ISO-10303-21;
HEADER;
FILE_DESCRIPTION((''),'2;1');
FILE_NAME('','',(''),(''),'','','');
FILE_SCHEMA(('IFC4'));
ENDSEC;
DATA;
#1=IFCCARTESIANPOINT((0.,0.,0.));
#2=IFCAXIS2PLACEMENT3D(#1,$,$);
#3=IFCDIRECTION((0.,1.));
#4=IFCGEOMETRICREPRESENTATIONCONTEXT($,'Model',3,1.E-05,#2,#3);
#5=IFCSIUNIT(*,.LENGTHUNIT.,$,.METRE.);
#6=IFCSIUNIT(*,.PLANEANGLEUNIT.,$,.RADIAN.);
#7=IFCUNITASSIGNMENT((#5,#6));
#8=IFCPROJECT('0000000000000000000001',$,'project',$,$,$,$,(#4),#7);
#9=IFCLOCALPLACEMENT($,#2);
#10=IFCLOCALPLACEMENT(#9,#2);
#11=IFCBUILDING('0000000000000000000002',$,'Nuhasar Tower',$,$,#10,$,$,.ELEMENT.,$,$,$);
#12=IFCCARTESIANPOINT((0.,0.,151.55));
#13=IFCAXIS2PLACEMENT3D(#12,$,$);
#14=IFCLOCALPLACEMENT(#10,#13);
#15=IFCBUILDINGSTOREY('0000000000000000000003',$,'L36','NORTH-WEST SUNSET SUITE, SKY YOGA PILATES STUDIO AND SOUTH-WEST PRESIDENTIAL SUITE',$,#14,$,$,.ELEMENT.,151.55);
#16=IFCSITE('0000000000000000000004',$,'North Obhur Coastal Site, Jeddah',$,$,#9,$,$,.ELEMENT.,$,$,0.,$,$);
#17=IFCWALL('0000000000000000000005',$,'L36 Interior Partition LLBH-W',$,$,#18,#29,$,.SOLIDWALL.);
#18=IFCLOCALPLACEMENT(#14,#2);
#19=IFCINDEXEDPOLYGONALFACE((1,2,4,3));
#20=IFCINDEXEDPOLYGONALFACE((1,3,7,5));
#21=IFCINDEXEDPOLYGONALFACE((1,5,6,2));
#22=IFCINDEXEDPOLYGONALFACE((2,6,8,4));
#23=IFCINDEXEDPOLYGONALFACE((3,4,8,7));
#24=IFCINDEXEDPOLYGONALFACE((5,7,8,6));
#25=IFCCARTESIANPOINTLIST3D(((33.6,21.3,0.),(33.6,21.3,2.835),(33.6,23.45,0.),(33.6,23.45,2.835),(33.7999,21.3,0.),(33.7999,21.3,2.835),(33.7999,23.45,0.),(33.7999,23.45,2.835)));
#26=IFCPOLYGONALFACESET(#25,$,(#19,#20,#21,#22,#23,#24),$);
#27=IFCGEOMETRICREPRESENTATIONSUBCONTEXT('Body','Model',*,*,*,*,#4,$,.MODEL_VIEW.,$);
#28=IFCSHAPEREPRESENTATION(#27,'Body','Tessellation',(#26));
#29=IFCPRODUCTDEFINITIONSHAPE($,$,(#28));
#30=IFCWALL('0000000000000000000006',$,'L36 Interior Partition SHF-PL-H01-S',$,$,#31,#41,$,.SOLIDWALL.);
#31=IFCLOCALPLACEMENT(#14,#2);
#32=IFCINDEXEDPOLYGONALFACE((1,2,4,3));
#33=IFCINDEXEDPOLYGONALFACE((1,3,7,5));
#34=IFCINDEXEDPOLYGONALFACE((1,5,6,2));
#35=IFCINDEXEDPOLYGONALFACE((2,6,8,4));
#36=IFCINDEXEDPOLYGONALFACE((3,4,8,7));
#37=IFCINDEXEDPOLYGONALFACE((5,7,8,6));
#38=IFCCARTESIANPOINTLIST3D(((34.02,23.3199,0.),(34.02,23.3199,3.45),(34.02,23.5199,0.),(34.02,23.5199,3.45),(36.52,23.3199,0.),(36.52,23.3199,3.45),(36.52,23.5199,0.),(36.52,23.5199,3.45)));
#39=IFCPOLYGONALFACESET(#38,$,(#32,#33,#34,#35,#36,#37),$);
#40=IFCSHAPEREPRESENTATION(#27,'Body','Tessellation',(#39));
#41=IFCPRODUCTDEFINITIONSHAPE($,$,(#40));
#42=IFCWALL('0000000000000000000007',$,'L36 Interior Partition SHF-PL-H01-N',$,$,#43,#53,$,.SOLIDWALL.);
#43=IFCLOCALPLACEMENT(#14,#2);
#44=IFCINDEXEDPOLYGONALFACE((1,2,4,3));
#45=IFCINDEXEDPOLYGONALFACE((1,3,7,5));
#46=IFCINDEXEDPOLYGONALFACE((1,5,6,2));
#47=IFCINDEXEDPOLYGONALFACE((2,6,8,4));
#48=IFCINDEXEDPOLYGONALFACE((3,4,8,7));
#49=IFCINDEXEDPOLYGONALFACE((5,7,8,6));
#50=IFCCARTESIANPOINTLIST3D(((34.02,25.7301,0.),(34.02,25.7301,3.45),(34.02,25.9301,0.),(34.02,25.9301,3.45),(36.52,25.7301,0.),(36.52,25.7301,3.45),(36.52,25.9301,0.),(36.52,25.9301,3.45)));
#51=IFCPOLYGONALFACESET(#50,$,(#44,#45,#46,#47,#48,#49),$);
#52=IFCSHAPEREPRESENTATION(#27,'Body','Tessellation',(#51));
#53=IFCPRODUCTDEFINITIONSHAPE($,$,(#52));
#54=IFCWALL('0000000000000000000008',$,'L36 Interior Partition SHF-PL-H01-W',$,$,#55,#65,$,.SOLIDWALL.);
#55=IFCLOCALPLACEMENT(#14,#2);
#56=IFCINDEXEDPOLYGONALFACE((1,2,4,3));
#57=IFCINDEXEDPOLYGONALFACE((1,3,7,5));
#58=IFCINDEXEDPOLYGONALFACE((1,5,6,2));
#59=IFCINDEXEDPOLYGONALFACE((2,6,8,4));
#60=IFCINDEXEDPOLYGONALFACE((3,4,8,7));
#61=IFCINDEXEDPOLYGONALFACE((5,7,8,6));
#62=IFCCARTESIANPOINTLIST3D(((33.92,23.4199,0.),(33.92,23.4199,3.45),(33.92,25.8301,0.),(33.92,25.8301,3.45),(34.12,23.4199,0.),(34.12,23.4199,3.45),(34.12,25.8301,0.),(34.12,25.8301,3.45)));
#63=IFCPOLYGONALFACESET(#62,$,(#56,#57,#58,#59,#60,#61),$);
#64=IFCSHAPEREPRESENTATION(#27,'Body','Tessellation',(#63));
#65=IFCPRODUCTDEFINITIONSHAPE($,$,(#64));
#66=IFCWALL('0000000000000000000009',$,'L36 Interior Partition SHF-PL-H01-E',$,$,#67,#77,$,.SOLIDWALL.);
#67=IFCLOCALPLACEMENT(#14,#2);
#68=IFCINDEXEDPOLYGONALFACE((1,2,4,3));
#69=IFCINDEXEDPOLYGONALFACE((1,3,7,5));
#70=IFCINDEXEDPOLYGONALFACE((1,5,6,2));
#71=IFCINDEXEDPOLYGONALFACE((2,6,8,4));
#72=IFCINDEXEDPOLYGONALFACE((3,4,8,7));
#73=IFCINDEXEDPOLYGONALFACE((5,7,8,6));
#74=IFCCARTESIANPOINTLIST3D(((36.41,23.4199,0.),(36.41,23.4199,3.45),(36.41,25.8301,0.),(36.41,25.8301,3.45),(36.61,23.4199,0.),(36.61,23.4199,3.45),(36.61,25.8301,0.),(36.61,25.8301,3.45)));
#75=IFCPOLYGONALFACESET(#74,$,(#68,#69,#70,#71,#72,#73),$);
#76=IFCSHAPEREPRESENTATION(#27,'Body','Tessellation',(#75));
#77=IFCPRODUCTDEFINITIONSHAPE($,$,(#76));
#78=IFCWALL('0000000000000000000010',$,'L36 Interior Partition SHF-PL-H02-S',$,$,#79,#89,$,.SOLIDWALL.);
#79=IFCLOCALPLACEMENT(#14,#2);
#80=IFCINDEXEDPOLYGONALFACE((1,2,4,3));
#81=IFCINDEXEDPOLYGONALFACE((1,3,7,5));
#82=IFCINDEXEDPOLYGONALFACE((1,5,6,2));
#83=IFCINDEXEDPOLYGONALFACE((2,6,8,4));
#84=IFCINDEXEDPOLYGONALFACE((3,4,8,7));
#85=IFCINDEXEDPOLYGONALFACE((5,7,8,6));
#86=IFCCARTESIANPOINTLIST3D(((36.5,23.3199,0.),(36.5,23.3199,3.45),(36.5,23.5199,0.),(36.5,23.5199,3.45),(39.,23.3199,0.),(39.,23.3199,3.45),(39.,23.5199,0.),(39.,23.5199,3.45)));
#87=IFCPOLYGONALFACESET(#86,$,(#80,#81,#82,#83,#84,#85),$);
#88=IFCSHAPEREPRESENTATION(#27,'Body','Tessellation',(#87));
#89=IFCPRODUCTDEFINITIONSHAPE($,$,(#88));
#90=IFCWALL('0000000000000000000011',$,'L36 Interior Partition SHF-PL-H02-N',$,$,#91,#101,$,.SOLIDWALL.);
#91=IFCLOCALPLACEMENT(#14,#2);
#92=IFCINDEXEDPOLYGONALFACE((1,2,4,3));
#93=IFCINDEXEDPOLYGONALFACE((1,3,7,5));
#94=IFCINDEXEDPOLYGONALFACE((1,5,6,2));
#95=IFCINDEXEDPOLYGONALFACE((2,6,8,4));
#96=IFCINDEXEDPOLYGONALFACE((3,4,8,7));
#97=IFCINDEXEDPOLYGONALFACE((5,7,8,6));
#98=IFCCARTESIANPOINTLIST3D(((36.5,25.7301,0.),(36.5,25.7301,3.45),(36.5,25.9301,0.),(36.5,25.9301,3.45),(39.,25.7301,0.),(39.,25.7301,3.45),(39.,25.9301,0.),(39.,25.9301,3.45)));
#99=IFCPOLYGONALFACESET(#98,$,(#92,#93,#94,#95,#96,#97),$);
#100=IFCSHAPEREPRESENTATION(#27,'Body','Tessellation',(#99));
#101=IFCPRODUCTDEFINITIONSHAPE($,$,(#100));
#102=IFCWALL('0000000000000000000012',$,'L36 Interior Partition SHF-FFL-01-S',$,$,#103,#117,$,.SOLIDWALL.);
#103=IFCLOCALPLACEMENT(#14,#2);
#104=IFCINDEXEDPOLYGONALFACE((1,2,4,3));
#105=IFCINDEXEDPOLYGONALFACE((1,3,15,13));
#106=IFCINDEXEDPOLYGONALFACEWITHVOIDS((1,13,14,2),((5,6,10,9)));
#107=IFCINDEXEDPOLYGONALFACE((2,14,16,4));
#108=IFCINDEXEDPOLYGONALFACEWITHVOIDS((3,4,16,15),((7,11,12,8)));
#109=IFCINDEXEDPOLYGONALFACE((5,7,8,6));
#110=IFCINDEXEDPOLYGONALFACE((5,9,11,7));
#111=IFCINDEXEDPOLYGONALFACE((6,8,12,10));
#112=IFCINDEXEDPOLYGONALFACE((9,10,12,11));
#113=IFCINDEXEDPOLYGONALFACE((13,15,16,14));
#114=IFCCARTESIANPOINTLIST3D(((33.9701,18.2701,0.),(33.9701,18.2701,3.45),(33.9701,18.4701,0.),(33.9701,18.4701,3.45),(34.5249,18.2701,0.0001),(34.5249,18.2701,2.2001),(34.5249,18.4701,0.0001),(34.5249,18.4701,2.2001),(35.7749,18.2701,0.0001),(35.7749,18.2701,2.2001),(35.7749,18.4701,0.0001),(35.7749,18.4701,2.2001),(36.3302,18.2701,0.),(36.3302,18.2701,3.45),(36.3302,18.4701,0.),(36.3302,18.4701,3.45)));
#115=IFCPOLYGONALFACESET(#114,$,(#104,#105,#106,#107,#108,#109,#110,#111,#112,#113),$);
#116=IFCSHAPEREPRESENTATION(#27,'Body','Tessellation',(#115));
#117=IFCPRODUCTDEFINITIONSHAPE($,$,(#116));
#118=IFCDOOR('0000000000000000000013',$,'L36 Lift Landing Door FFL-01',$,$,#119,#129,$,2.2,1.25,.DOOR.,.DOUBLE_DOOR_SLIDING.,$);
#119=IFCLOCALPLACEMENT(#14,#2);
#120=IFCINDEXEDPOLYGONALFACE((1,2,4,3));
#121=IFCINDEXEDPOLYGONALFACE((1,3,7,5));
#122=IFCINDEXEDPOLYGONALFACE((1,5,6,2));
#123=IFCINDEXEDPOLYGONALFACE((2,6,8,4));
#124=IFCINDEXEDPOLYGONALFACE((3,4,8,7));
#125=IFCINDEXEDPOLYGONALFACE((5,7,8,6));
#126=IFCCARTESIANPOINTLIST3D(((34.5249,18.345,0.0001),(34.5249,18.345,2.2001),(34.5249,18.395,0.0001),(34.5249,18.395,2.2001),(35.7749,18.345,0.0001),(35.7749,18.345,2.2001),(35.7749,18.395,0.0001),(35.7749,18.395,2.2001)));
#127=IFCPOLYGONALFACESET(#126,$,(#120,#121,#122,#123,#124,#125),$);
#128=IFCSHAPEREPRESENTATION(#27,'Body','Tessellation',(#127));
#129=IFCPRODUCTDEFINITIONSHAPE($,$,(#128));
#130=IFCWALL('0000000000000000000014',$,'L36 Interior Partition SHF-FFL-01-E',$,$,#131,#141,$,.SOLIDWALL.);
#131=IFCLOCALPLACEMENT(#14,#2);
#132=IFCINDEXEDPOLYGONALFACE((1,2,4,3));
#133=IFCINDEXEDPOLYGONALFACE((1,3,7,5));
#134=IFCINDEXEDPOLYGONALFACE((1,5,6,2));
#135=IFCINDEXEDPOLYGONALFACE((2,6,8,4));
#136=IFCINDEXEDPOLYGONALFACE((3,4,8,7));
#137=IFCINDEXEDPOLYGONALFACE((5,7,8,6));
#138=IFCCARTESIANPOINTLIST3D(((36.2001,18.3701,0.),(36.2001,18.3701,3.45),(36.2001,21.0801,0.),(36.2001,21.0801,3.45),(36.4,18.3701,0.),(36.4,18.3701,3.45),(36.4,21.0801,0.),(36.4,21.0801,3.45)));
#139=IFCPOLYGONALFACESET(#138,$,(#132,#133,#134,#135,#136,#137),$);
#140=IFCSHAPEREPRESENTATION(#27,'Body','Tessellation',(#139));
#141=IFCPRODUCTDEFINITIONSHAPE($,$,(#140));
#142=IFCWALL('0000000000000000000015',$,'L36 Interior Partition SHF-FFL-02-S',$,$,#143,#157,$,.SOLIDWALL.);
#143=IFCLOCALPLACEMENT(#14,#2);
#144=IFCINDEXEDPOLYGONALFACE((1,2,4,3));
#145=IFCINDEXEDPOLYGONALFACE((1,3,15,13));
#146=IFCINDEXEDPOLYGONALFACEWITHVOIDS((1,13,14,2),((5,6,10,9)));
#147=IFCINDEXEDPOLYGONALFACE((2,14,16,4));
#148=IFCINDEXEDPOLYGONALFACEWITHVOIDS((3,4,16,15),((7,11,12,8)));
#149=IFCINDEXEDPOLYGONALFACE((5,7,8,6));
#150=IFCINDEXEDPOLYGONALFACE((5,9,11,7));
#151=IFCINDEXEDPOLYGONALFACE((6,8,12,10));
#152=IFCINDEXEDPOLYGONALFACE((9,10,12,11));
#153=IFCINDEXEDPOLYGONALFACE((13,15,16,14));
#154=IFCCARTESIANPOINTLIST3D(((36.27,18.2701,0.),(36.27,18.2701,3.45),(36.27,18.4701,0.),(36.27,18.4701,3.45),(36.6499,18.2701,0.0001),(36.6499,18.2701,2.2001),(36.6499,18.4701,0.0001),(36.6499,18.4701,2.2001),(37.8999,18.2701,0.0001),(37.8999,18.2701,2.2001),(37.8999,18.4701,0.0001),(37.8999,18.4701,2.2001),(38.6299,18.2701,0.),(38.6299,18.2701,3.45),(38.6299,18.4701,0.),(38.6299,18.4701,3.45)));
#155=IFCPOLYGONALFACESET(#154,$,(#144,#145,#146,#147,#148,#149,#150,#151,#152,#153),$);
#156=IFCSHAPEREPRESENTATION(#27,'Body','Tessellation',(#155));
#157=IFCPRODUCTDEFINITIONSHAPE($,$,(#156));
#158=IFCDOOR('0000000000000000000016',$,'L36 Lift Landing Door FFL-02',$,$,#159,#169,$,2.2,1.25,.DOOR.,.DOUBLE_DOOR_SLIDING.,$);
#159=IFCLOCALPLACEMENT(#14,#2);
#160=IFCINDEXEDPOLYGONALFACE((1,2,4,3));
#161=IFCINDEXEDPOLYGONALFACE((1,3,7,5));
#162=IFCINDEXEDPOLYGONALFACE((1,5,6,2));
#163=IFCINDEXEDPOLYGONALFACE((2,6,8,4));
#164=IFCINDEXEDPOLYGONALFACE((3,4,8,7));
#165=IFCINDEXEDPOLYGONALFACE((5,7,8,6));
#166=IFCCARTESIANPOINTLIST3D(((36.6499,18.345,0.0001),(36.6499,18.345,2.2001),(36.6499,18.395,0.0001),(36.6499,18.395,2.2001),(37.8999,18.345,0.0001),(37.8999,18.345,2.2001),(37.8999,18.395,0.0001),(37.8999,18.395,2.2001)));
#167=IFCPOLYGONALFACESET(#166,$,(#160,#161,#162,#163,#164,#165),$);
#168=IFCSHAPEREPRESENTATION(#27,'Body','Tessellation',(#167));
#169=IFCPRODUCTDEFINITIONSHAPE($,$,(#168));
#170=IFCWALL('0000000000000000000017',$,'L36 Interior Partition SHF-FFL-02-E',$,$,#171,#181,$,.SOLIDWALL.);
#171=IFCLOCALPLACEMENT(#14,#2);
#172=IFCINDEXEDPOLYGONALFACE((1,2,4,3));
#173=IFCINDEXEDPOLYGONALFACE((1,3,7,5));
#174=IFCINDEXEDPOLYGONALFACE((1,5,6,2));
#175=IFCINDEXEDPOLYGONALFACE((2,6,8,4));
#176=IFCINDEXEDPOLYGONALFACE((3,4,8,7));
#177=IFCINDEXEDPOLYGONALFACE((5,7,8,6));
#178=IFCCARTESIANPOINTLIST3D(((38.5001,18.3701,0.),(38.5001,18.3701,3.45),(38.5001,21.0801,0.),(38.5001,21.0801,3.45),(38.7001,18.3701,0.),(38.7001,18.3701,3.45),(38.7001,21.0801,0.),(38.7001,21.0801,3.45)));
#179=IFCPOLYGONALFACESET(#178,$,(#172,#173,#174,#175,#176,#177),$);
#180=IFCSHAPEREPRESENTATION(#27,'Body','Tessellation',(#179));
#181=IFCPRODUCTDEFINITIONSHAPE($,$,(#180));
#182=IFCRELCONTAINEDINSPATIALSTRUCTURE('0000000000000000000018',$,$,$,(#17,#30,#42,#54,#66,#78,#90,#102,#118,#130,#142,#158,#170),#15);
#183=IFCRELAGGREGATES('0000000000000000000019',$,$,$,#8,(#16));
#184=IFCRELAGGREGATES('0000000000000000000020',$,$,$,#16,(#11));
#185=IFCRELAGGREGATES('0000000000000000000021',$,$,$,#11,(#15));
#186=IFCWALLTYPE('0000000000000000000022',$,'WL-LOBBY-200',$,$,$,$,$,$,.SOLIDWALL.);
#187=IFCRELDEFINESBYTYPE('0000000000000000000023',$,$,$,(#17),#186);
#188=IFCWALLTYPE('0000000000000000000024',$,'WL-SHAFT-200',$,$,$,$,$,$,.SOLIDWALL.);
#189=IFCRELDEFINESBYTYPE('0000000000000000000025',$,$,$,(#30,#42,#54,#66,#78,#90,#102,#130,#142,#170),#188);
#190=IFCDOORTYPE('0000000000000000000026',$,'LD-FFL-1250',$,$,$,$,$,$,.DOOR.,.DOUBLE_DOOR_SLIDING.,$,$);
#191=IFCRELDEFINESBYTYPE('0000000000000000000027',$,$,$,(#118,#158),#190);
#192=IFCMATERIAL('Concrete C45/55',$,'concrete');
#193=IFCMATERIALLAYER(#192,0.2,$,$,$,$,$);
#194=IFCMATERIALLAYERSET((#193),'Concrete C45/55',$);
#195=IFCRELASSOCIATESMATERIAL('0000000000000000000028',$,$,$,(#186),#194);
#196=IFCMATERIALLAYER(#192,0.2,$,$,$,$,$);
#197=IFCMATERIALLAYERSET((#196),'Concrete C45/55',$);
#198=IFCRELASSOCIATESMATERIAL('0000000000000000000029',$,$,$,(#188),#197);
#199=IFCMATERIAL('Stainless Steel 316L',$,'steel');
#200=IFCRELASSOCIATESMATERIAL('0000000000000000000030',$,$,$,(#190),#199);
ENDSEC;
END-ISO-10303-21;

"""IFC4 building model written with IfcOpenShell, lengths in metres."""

from ifc_helpers import new_model, si_unit, direction, frame, frame_2d, origin, place, context, subcontext, project, spatial, rectangle, extrude, material, layer, layer_set, type_object, element, fill, save


model = new_model("IFC4")

# Units and contexts
model_context = context("Model", 3, precision=1e-05, world=origin(), true_north=direction((0.0, 1.0)))
body_context = subcontext(model_context, "Body", "Model", "MODEL_VIEW")
ifc_project = project(units=[si_unit("LENGTHUNIT", "METRE"), si_unit("PLANEANGLEUNIT", "RADIAN")], contexts=[model_context])

# Site, building, storey
site_placement = place(None, origin())
site = spatial("IfcSite", under=ifc_project, at=site_placement, Name="North Obhur Coastal Site, Jeddah", CompositionType="ELEMENT", RefElevation=0.0)
building_placement = place(site_placement, origin())
building = spatial("IfcBuilding", under=site, at=building_placement, Name="Nuhasar Tower", CompositionType="ELEMENT")
storey_placement = place(building_placement, frame((0.0, 0.0, 151.55)))
storey = spatial("IfcBuildingStorey", under=building, at=storey_placement, Name="L36", Description="NORTH-WEST SUNSET SUITE, SKY YOGA PILATES STUDIO AND SOUTH-WEST PRESIDENTIAL SUITE", CompositionType="ELEMENT", Elevation=151.55)

# Walls
ifc_material_1 = material(Name="Concrete C45/55", Category="concrete")
ifc_layer_1 = layer(ifc_material_1, 0.2)
ifc_layer_set_1 = layer_set([ifc_layer_1], Name="Concrete C45/55")
wall_type_1 = type_object("IfcWallType", Name="WL-LOBBY-200", PredefinedType="SOLIDWALL", material=ifc_layer_set_1)
wall_1_placement = place(storey_placement, frame((33.7, 21.3, 0.0), z_axis=(0.0, 0.0, 1.0), x_axis=(0.0, 1.0, 0.0)))
element("IfcWall", 1, at=wall_1_placement, inside=storey, type_object=wall_type_1, Name="L36 Interior Partition LLBH-W", PredefinedType="SOLIDWALL", context=body_context, shape_type="SweptSolid", body=[
    extrude(rectangle(XDim=2.1499, YDim=0.2, at=frame_2d((1.075, 0.0))), origin(), (0.0, 0.0, 1.0), 2.835),
])
ifc_layer_2 = layer(ifc_material_1, 0.2)
ifc_layer_set_2 = layer_set([ifc_layer_2], Name="Concrete C45/55")
wall_type_2 = type_object("IfcWallType", Name="WL-SHAFT-200", PredefinedType="SOLIDWALL", material=ifc_layer_set_2)
for number, where, z_axis, x_axis, name in (
    (2, (34.02, 23.4199, 0.0), (0.0, 0.0, 1.0), (1.0, 0.0, 0.0), "L36 Interior Partition SHF-PL-H01-S"),
    (3, (34.02, 25.8301, 0.0), (0.0, 0.0, 1.0), (1.0, 0.0, 0.0), "L36 Interior Partition SHF-PL-H01-N"),
):
    element("IfcWall", number, at=place(storey_placement, frame(where, z_axis=z_axis, x_axis=x_axis)), inside=storey, type_object=wall_type_2, Name=name, PredefinedType="SOLIDWALL", context=body_context, shape_type="SweptSolid", body=[
        extrude(rectangle(XDim=2.5, YDim=0.2, at=frame_2d((1.25, 0.0))), origin(), (0.0, 0.0, 1.0), 3.45),
    ])
for number, where, z_axis, x_axis, name in (
    (4, (34.02, 23.4199, 0.0), (0.0, 0.0, 1.0), (0.0, 1.0, 0.0), "L36 Interior Partition SHF-PL-H01-W"),
    (5, (36.51, 23.4199, 0.0), (0.0, 0.0, 1.0), (0.0, 1.0, 0.0), "L36 Interior Partition SHF-PL-H01-E"),
):
    element("IfcWall", number, at=place(storey_placement, frame(where, z_axis=z_axis, x_axis=x_axis)), inside=storey, type_object=wall_type_2, Name=name, PredefinedType="SOLIDWALL", context=body_context, shape_type="SweptSolid", body=[
        extrude(rectangle(XDim=2.4102, YDim=0.2, at=frame_2d((1.2051, 0.0))), origin(), (0.0, 0.0, 1.0), 3.45),
    ])
for number, where, z_axis, x_axis, name in (
    (6, (36.5, 23.4199, 0.0), (0.0, 0.0, 1.0), (1.0, 0.0, 0.0), "L36 Interior Partition SHF-PL-H02-S"),
    (7, (36.5, 25.8301, 0.0), (0.0, 0.0, 1.0), (1.0, 0.0, 0.0), "L36 Interior Partition SHF-PL-H02-N"),
):
    element("IfcWall", number, at=place(storey_placement, frame(where, z_axis=z_axis, x_axis=x_axis)), inside=storey, type_object=wall_type_2, Name=name, PredefinedType="SOLIDWALL", context=body_context, shape_type="SweptSolid", body=[
        extrude(rectangle(XDim=2.5, YDim=0.2, at=frame_2d((1.25, 0.0))), origin(), (0.0, 0.0, 1.0), 3.45),
    ])

# Wall, opening, door
wall_2_placement = place(storey_placement, frame((33.97, 18.3701, 0.0), z_axis=(0.0, 0.0, 1.0), x_axis=(1.0, 0.0, 0.0)))
wall_2 = element("IfcWall", 8, at=wall_2_placement, inside=storey, type_object=wall_type_2, Name="L36 Interior Partition SHF-FFL-01-S", PredefinedType="SOLIDWALL", context=body_context, shape_type="SweptSolid", body=[
    extrude(rectangle(XDim=2.3601, YDim=0.2, at=frame_2d((1.1802, 0.0))), origin(), (0.0, 0.0, 1.0), 3.45),
])
opening_1_placement = place(wall_2_placement, frame((0.5549, 0.0, 0.0)))
opening_1 = element("IfcOpeningElement", 9, at=opening_1_placement, cuts=wall_2, PredefinedType="OPENING", context=body_context, shape_type="SweptSolid", body=[
    extrude(rectangle(XDim=1.25, YDim=2.2, at=frame_2d((0.625, 1.1001))), frame((0.0, 0.1099, 0.0), z_axis=(0.0, -1.0, 0.0), x_axis=(1.0, 0.0, 0.0)), (0.0, 0.0, 1.0), 0.22),
])
ifc_material_2 = material(Name="Stainless Steel 316L", Category="steel")
door_type_1 = type_object("IfcDoorType", Name="LD-FFL-1250", OperationType="DOUBLE_DOOR_SLIDING", PredefinedType="DOOR", material=ifc_material_2)
door_1_placement = place(opening_1_placement, origin())
door_1 = element("IfcDoor", 10, at=door_1_placement, inside=storey, type_object=door_type_1, Name="L36 Lift Landing Door FFL-01", OperationType="DOUBLE_DOOR_SLIDING", OverallHeight=2.2, OverallWidth=1.25, PredefinedType="DOOR", context=body_context, shape_type="SweptSolid", body=[
    extrude(rectangle(XDim=1.25, YDim=2.2, at=frame_2d((0.625, 1.1001))), frame((0.0, 0.0249, 0.0), z_axis=(0.0, -1.0, 0.0), x_axis=(1.0, 0.0, 0.0)), (0.0, 0.0, 1.0), 0.05),
])
fill(opening_1, door_1)

# Wall
wall_3_placement = place(storey_placement, frame((36.3, 18.3701, 0.0), z_axis=(0.0, 0.0, 1.0), x_axis=(0.0, 1.0, 0.0)))
element("IfcWall", 11, at=wall_3_placement, inside=storey, type_object=wall_type_2, Name="L36 Interior Partition SHF-FFL-01-E", PredefinedType="SOLIDWALL", context=body_context, shape_type="SweptSolid", body=[
    extrude(rectangle(XDim=2.71, YDim=0.2, at=frame_2d((1.355, 0.0))), origin(), (0.0, 0.0, 1.0), 3.45),
])

# Wall, opening, door
wall_4_placement = place(storey_placement, frame((36.27, 18.3701, 0.0), z_axis=(0.0, 0.0, 1.0), x_axis=(1.0, 0.0, 0.0)))
wall_4 = element("IfcWall", 12, at=wall_4_placement, inside=storey, type_object=wall_type_2, Name="L36 Interior Partition SHF-FFL-02-S", PredefinedType="SOLIDWALL", context=body_context, shape_type="SweptSolid", body=[
    extrude(rectangle(XDim=2.3599, YDim=0.2, at=frame_2d((1.1799, 0.0))), origin(), (0.0, 0.0, 1.0), 3.45),
])
opening_2_placement = place(wall_4_placement, frame((0.3799, 0.0, 0.0)))
opening_2 = element("IfcOpeningElement", 13, at=opening_2_placement, cuts=wall_4, PredefinedType="OPENING", context=body_context, shape_type="SweptSolid", body=[
    extrude(rectangle(XDim=1.25, YDim=2.2, at=frame_2d((0.625, 1.1001))), frame((0.0, 0.1099, 0.0), z_axis=(0.0, -1.0, 0.0), x_axis=(1.0, 0.0, 0.0)), (0.0, 0.0, 1.0), 0.22),
])
door_2_placement = place(opening_2_placement, origin())
door_2 = element("IfcDoor", 14, at=door_2_placement, inside=storey, type_object=door_type_1, Name="L36 Lift Landing Door FFL-02", OperationType="DOUBLE_DOOR_SLIDING", OverallHeight=2.2, OverallWidth=1.25, PredefinedType="DOOR", context=body_context, shape_type="SweptSolid", body=[
    extrude(rectangle(XDim=1.25, YDim=2.2, at=frame_2d((0.625, 1.1001))), frame((0.0, 0.0249, 0.0), z_axis=(0.0, -1.0, 0.0), x_axis=(1.0, 0.0, 0.0)), (0.0, 0.0, 1.0), 0.05),
])
fill(opening_2, door_2)

# Wall
wall_5_placement = place(storey_placement, frame((38.6001, 18.3701, 0.0), z_axis=(0.0, 0.0, 1.0), x_axis=(0.0, 1.0, 0.0)))
element("IfcWall", 15, at=wall_5_placement, inside=storey, type_object=wall_type_2, Name="L36 Interior Partition SHF-FFL-02-E", PredefinedType="SOLIDWALL", context=body_context, shape_type="SweptSolid", body=[
    extrude(rectangle(XDim=2.71, YDim=0.2, at=frame_2d((1.355, 0.0))), origin(), (0.0, 0.0, 1.0), 3.45),
])

save(model, "model.ifc")
